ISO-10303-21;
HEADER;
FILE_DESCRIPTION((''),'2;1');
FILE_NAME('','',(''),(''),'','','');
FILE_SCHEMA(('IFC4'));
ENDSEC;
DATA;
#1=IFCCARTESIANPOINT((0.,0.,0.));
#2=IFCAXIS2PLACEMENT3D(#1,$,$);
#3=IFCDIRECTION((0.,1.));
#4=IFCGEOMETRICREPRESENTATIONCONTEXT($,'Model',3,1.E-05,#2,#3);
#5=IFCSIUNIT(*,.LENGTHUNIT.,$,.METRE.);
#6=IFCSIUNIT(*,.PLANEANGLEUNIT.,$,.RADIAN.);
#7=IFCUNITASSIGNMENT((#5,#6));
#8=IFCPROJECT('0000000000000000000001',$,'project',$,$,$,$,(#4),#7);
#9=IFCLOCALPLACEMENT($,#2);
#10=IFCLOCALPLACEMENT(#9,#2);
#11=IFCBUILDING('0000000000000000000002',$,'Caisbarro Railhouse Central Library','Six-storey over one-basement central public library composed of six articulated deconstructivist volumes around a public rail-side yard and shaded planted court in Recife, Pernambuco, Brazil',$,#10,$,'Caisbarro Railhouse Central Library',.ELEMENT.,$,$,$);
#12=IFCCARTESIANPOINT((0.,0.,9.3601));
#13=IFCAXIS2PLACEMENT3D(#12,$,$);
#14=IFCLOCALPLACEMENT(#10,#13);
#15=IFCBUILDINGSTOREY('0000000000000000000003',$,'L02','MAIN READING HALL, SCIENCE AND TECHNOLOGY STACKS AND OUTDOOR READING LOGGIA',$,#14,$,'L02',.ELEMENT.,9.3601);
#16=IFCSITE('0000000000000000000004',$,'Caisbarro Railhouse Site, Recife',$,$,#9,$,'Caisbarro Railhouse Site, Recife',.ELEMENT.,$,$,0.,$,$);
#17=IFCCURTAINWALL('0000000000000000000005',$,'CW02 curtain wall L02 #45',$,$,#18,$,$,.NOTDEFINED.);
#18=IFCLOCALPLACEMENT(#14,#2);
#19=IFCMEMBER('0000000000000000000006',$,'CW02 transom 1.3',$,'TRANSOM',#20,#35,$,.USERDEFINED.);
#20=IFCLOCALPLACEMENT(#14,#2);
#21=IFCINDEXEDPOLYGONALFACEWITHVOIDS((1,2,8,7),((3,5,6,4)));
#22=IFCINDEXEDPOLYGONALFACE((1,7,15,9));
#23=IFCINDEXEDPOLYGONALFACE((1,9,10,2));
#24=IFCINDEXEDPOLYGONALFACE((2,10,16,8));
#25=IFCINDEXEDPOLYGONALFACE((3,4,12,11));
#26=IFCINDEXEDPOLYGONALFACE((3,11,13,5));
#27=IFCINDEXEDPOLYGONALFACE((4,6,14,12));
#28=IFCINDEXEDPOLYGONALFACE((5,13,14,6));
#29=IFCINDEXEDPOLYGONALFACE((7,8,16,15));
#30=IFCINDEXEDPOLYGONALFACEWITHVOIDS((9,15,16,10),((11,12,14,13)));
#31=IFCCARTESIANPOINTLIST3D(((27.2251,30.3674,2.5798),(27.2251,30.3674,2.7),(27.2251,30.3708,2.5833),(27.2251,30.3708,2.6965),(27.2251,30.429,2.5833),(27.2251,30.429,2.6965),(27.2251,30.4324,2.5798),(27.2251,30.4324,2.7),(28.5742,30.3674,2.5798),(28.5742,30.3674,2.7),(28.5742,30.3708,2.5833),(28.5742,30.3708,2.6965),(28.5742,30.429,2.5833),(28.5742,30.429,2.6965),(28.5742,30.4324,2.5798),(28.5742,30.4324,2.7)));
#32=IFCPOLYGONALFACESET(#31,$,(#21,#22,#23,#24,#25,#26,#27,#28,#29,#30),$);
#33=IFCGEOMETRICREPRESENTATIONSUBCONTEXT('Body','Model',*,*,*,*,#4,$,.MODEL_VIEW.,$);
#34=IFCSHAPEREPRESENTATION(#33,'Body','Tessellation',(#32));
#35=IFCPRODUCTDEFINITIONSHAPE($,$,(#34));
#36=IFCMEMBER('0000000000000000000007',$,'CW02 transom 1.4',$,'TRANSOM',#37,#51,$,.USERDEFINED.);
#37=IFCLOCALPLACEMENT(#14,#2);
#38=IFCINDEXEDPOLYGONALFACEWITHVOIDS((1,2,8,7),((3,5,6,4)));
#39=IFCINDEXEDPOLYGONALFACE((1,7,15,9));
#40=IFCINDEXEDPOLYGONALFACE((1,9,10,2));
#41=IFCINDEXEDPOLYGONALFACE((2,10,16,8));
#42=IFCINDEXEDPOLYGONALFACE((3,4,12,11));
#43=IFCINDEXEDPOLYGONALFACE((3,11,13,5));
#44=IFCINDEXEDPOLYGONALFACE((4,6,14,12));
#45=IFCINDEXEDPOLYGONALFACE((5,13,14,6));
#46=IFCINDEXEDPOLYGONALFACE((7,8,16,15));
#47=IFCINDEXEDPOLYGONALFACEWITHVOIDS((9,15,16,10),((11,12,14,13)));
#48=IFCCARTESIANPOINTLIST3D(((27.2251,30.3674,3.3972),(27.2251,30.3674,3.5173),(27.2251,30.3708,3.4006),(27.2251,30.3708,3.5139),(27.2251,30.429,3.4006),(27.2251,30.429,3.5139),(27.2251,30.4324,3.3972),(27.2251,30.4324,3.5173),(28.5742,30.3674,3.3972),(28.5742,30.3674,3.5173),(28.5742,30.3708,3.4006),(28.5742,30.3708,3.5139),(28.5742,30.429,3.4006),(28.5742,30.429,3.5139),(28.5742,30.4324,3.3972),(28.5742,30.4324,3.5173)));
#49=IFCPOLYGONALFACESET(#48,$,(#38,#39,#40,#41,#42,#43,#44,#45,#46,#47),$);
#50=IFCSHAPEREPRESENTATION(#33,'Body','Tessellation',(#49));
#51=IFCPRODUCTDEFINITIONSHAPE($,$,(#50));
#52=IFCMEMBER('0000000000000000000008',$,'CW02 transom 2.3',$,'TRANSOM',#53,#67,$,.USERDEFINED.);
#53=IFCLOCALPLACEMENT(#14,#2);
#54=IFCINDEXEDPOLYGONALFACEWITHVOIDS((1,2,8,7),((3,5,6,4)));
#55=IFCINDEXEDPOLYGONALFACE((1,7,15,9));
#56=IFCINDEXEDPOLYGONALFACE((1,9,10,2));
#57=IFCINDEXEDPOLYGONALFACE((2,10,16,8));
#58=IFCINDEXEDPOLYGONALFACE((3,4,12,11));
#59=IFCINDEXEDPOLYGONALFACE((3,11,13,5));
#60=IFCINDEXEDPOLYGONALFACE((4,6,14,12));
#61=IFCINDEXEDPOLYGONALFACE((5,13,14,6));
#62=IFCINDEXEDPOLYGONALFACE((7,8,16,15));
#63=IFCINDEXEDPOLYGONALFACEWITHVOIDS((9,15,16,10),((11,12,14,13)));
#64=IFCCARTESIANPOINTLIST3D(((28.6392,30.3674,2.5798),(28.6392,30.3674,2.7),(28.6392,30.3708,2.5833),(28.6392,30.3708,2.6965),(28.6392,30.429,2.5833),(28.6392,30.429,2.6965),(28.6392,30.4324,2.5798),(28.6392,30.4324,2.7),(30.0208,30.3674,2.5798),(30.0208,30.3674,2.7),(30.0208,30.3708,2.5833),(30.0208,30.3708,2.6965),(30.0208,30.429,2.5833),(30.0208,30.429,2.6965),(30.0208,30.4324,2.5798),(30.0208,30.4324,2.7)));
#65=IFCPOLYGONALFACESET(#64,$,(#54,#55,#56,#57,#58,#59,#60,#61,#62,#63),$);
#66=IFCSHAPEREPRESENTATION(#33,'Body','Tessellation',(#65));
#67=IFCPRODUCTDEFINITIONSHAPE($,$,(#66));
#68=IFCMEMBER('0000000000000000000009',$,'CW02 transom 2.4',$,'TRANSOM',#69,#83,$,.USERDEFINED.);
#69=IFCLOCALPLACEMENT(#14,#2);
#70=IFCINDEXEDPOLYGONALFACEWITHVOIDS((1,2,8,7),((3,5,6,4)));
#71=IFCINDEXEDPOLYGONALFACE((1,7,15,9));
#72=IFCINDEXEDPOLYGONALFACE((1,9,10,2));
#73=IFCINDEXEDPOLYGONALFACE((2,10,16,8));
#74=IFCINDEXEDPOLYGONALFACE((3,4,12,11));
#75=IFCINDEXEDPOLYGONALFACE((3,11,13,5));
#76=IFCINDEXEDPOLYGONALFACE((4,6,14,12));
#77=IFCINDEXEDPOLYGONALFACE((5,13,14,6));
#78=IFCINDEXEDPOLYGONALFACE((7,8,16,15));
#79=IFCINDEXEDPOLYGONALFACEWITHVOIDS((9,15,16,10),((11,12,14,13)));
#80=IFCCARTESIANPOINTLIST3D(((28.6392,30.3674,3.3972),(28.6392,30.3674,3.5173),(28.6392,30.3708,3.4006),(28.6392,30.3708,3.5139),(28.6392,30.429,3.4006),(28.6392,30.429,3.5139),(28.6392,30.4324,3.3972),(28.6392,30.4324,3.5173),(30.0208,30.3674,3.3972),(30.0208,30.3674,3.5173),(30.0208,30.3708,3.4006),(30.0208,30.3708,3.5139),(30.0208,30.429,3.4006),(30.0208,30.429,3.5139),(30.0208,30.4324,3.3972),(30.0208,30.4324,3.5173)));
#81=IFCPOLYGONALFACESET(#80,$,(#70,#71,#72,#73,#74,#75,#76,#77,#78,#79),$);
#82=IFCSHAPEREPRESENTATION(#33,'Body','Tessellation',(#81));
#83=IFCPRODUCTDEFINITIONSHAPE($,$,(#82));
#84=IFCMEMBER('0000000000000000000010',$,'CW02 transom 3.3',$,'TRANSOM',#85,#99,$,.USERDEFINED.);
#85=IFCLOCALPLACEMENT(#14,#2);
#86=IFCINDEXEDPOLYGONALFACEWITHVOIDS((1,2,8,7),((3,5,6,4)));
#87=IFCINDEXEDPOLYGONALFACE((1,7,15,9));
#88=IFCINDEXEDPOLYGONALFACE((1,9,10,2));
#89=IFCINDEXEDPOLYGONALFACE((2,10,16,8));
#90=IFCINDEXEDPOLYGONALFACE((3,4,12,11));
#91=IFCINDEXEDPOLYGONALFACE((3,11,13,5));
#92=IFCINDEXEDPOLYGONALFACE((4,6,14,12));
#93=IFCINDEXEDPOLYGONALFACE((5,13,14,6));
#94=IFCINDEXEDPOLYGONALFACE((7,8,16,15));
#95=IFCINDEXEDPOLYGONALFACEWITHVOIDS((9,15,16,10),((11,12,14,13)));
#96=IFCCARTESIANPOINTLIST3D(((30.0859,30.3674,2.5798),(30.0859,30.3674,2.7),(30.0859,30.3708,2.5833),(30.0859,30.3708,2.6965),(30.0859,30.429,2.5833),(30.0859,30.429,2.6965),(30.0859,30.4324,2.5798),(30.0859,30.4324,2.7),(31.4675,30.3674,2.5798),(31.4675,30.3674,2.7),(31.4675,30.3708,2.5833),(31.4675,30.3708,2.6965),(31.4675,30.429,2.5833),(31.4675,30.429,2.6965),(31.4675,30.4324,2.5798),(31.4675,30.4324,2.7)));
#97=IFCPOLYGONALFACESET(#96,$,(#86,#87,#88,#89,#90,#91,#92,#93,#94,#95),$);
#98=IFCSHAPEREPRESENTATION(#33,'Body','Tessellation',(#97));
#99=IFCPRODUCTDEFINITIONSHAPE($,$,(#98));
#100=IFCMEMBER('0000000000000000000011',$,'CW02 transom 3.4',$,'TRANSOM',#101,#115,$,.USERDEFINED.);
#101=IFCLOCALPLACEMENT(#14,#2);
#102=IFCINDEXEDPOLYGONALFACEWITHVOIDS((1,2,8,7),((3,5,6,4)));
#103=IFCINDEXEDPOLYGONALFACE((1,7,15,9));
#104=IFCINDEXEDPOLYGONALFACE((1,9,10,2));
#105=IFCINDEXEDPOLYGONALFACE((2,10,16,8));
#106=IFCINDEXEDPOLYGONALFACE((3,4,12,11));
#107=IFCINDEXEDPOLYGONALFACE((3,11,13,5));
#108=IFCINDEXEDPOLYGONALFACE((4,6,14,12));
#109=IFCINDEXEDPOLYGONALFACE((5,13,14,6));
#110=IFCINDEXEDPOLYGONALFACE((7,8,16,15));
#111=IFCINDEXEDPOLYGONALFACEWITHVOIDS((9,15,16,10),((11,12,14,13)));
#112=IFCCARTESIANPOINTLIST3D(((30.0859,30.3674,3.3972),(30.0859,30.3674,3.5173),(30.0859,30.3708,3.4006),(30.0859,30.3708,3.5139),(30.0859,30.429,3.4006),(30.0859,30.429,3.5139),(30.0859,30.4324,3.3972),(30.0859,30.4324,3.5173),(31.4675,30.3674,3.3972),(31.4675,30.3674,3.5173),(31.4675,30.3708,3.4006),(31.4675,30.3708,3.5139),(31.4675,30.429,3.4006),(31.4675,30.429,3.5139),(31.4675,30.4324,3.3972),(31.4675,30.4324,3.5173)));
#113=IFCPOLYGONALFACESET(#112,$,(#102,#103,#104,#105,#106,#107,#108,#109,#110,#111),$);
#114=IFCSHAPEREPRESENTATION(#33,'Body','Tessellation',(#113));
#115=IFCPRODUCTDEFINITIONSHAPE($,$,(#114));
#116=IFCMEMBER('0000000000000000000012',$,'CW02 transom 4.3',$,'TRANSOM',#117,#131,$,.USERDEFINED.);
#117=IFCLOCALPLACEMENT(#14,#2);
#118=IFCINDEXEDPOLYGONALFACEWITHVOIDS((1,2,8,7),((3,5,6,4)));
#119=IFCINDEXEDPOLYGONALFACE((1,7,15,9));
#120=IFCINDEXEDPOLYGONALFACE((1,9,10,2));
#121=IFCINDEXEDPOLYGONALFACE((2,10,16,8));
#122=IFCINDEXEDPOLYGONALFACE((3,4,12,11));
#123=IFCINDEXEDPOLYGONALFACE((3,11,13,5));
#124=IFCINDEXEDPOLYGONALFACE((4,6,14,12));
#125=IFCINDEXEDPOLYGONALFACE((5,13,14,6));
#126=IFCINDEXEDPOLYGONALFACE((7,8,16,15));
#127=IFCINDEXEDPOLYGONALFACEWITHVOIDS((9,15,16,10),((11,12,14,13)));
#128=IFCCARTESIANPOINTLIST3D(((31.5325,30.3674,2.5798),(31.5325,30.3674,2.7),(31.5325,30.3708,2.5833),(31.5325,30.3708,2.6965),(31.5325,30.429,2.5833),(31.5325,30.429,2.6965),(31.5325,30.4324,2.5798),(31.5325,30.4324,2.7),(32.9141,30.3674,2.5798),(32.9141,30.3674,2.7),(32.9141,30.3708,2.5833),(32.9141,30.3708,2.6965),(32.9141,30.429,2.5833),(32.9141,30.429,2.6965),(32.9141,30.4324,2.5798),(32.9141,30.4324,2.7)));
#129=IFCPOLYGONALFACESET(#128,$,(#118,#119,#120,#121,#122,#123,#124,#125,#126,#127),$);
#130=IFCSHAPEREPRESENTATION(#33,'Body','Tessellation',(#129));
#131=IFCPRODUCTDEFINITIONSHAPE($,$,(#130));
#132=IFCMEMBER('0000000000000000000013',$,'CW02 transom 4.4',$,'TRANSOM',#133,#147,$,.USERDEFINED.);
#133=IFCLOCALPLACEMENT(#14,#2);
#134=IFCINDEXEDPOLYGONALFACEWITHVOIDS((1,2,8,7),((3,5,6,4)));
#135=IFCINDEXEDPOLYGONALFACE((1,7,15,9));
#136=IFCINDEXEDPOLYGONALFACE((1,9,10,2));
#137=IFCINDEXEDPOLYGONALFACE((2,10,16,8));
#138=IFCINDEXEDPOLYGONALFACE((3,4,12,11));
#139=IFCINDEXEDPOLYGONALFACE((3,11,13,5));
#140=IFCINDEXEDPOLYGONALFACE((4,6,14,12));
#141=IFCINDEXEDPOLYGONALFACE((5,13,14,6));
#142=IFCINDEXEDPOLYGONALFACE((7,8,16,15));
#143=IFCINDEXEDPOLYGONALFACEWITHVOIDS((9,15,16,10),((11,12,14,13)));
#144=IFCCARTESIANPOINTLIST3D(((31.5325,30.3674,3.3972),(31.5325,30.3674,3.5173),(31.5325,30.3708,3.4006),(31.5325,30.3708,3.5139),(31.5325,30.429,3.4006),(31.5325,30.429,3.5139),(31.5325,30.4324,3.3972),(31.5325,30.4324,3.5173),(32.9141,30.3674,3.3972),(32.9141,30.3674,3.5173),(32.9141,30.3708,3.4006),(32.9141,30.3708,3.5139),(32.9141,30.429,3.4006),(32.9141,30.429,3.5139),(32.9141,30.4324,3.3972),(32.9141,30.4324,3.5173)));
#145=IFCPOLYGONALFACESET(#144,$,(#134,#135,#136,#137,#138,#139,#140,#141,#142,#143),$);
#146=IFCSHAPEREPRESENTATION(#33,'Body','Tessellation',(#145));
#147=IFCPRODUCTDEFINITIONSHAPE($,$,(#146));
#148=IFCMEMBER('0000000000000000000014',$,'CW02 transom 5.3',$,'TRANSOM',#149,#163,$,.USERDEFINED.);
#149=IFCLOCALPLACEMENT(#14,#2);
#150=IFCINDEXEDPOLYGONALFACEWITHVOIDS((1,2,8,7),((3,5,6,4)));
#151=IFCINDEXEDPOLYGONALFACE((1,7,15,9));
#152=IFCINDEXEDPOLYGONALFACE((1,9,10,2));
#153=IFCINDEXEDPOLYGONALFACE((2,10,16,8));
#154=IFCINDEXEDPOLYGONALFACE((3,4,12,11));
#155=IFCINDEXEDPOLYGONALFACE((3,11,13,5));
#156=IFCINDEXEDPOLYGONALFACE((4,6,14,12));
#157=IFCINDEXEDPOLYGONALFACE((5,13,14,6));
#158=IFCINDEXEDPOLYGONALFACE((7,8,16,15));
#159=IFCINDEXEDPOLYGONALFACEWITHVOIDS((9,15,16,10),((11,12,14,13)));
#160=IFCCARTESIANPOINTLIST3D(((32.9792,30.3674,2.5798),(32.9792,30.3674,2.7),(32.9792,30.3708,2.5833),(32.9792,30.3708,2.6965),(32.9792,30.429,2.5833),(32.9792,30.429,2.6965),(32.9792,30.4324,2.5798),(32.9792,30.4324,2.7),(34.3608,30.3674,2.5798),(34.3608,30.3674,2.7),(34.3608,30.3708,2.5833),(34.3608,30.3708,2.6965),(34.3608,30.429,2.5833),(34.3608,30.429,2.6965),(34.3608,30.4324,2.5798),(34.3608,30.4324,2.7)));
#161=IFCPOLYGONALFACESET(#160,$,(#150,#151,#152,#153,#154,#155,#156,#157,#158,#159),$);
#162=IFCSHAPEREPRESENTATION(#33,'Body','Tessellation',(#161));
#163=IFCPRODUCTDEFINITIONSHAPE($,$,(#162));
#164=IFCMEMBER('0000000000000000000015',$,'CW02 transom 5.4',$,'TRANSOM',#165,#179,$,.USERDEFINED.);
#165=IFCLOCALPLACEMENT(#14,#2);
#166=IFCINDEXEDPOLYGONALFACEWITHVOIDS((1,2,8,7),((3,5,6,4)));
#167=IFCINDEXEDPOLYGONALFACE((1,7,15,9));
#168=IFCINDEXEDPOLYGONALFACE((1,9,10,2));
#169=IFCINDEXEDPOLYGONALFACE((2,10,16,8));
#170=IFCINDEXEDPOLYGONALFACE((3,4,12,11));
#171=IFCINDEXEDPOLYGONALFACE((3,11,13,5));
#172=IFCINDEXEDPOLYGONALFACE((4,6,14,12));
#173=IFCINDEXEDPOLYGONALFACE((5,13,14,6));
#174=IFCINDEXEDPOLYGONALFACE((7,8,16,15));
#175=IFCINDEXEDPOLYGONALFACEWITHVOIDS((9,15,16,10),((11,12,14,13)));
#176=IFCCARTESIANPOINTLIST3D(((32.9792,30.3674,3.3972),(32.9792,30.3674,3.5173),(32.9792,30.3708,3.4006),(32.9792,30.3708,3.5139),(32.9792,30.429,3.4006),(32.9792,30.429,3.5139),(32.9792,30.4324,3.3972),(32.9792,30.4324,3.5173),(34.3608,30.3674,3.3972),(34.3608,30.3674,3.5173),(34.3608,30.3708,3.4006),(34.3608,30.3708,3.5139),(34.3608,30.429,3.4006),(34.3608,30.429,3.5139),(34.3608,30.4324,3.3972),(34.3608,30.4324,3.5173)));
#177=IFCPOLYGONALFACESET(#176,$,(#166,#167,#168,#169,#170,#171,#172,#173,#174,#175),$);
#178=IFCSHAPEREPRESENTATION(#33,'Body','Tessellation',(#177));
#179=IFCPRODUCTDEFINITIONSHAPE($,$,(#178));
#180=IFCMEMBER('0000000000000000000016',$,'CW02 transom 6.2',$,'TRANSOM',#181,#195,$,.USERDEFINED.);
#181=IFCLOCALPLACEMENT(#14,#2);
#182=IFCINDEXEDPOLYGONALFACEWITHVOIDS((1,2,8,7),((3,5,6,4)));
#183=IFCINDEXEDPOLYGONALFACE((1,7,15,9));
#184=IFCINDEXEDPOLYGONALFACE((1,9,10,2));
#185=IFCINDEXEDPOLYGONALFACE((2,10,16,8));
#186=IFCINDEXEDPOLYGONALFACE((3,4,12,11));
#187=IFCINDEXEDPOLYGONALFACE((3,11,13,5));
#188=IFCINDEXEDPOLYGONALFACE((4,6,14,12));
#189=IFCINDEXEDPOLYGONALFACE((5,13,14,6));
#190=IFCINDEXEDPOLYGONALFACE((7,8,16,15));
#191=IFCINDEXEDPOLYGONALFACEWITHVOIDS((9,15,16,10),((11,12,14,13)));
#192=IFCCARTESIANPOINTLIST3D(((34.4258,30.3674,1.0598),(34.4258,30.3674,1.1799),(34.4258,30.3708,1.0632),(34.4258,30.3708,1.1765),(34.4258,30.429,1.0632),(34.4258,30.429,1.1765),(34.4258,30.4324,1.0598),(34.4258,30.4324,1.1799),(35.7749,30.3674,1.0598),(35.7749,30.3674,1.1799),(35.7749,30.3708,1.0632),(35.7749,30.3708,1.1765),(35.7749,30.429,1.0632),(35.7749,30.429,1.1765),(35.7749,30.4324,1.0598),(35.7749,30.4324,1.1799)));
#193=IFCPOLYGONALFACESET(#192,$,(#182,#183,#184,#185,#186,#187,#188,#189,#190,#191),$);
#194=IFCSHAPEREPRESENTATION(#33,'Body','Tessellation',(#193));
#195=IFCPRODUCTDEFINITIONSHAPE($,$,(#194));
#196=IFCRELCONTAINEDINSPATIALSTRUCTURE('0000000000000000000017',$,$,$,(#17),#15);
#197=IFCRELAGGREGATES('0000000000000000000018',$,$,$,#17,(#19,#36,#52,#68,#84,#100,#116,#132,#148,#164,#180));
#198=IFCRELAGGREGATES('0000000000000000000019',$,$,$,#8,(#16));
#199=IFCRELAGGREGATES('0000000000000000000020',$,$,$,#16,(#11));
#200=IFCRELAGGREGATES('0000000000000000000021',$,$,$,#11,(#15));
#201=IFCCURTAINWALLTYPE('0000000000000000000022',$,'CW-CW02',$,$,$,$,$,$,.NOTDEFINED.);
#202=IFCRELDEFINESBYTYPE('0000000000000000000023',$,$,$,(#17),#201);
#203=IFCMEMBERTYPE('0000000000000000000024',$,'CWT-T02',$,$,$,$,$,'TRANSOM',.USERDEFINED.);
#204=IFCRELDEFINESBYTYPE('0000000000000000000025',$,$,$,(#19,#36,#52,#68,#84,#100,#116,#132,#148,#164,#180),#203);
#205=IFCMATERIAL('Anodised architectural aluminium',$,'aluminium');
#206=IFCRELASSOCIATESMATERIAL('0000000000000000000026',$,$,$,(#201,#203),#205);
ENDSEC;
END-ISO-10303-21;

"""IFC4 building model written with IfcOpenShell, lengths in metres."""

from ifc_helpers import new_model, si_unit, direction, frame, origin, origin_2d, place, context, subcontext, project, spatial, hollow_rectangle, extrude, material, material_profile, profile_set, type_object, element, aggregate, save


model = new_model("IFC4")

# Units and contexts
model_context = context("Model", 3, precision=1e-05, world=origin(), true_north=direction((0.0, 1.0)))
body_context = subcontext(model_context, "Body", "Model", "MODEL_VIEW")
ifc_project = project(units=[si_unit("LENGTHUNIT", "METRE"), si_unit("PLANEANGLEUNIT", "RADIAN")], contexts=[model_context])

# Site, building, storey
site_placement = place(None, origin())
site = spatial("IfcSite", under=ifc_project, at=site_placement, Name="Caisbarro Railhouse Site, Recife", LongName="Caisbarro Railhouse Site, Recife", CompositionType="ELEMENT", RefElevation=0.0)
building_placement = place(site_placement, origin())
building = spatial("IfcBuilding", under=site, at=building_placement, Name="Caisbarro Railhouse Central Library", Description="Six-storey over one-basement central public library composed of six articulated deconstructivist volumes around a public rail-side yard and shaded planted court in Recife, Pernambuco, Brazil", LongName="Caisbarro Railhouse Central Library", CompositionType="ELEMENT")
storey_placement = place(building_placement, frame((0.0, 0.0, 9.3601)))
storey = spatial("IfcBuildingStorey", under=building, at=storey_placement, Name="L02", Description="MAIN READING HALL, SCIENCE AND TECHNOLOGY STACKS AND OUTDOOR READING LOGGIA", LongName="L02", CompositionType="ELEMENT", Elevation=9.3601)

# Curtain wall, members
ifc_material_1 = material(Name="Anodised architectural aluminium", Category="aluminium")
curtain_wall_type = type_object("IfcCurtainWallType", Name="CW-CW02", PredefinedType="NOTDEFINED", material=ifc_material_1)
curtain_wall_1_placement = place(storey_placement, origin())
curtain_wall_1 = element("IfcCurtainWall", 1, at=curtain_wall_1_placement, inside=storey, type_object=curtain_wall_type, Name="CW02 curtain wall L02 #45", PredefinedType="NOTDEFINED")
ifc_material_profile = material_profile(ifc_material_1, hollow_rectangle(XDim=0.0649, YDim=0.1201, WallThickness=0.0034, at=origin_2d()), Name="ALU-TRN-65X120")
ifc_profile_set = profile_set([ifc_material_profile], Name="Anodised architectural aluminium")
member_type = type_object("IfcMemberType", Name="CWT-T02", ElementType="TRANSOM", PredefinedType="USERDEFINED", material=ifc_profile_set)
member_1_placement = place(storey_placement, frame((27.2251, 30.3999, 2.6399), z_axis=(1.0, 0.0, 0.0), x_axis=(0.0, 1.0, 0.0)))
member_1 = element("IfcMember", 2, at=member_1_placement, type_object=member_type, Name="CW02 transom 1.3", ObjectType="TRANSOM", PredefinedType="USERDEFINED", context=body_context, shape_type="SweptSolid", body=[
    extrude(hollow_rectangle(XDim=0.0649, YDim=0.1201, WallThickness=0.0034, at=origin_2d()), origin(), (0.0, 0.0, 1.0), 1.3491),
])
member_2_placement = place(storey_placement, frame((27.2251, 30.3999, 3.4573), z_axis=(1.0, 0.0, 0.0), x_axis=(0.0, 1.0, 0.0)))
member_2 = element("IfcMember", 3, at=member_2_placement, type_object=member_type, Name="CW02 transom 1.4", ObjectType="TRANSOM", PredefinedType="USERDEFINED", context=body_context, shape_type="SweptSolid", body=[
    extrude(hollow_rectangle(XDim=0.0649, YDim=0.1201, WallThickness=0.0034, at=origin_2d()), origin(), (0.0, 0.0, 1.0), 1.3491),
])
member_3_placement = place(storey_placement, frame((28.6392, 30.3999, 2.6399), z_axis=(1.0, 0.0, 0.0), x_axis=(0.0, 1.0, 0.0)))
member_3 = element("IfcMember", 4, at=member_3_placement, type_object=member_type, Name="CW02 transom 2.3", ObjectType="TRANSOM", PredefinedType="USERDEFINED", context=body_context, shape_type="SweptSolid", body=[
    extrude(hollow_rectangle(XDim=0.0649, YDim=0.1201, WallThickness=0.0034, at=origin_2d()), origin(), (0.0, 0.0, 1.0), 1.3816),
])
member_4_placement = place(storey_placement, frame((28.6392, 30.3999, 3.4573), z_axis=(1.0, 0.0, 0.0), x_axis=(0.0, 1.0, 0.0)))
member_4 = element("IfcMember", 5, at=member_4_placement, type_object=member_type, Name="CW02 transom 2.4", ObjectType="TRANSOM", PredefinedType="USERDEFINED", context=body_context, shape_type="SweptSolid", body=[
    extrude(hollow_rectangle(XDim=0.0649, YDim=0.1201, WallThickness=0.0034, at=origin_2d()), origin(), (0.0, 0.0, 1.0), 1.3816),
])
member_5_placement = place(storey_placement, frame((30.0859, 30.3999, 2.6399), z_axis=(1.0, 0.0, 0.0), x_axis=(0.0, 1.0, 0.0)))
member_5 = element("IfcMember", 6, at=member_5_placement, type_object=member_type, Name="CW02 transom 3.3", ObjectType="TRANSOM", PredefinedType="USERDEFINED", context=body_context, shape_type="SweptSolid", body=[
    extrude(hollow_rectangle(XDim=0.0649, YDim=0.1201, WallThickness=0.0034, at=origin_2d()), origin(), (0.0, 0.0, 1.0), 1.3816),
])
member_6_placement = place(storey_placement, frame((30.0859, 30.3999, 3.4573), z_axis=(1.0, 0.0, 0.0), x_axis=(0.0, 1.0, 0.0)))
member_6 = element("IfcMember", 7, at=member_6_placement, type_object=member_type, Name="CW02 transom 3.4", ObjectType="TRANSOM", PredefinedType="USERDEFINED", context=body_context, shape_type="SweptSolid", body=[
    extrude(hollow_rectangle(XDim=0.0649, YDim=0.1201, WallThickness=0.0034, at=origin_2d()), origin(), (0.0, 0.0, 1.0), 1.3816),
])
member_7_placement = place(storey_placement, frame((31.5325, 30.3999, 2.6399), z_axis=(1.0, 0.0, 0.0), x_axis=(0.0, 1.0, 0.0)))
member_7 = element("IfcMember", 8, at=member_7_placement, type_object=member_type, Name="CW02 transom 4.3", ObjectType="TRANSOM", PredefinedType="USERDEFINED", context=body_context, shape_type="SweptSolid", body=[
    extrude(hollow_rectangle(XDim=0.0649, YDim=0.1201, WallThickness=0.0034, at=origin_2d()), origin(), (0.0, 0.0, 1.0), 1.3816),
])
member_8_placement = place(storey_placement, frame((31.5325, 30.3999, 3.4573), z_axis=(1.0, 0.0, 0.0), x_axis=(0.0, 1.0, 0.0)))
member_8 = element("IfcMember", 9, at=member_8_placement, type_object=member_type, Name="CW02 transom 4.4", ObjectType="TRANSOM", PredefinedType="USERDEFINED", context=body_context, shape_type="SweptSolid", body=[
    extrude(hollow_rectangle(XDim=0.0649, YDim=0.1201, WallThickness=0.0034, at=origin_2d()), origin(), (0.0, 0.0, 1.0), 1.3816),
])
member_9_placement = place(storey_placement, frame((32.9792, 30.3999, 2.6399), z_axis=(1.0, 0.0, 0.0), x_axis=(0.0, 1.0, 0.0)))
member_9 = element("IfcMember", 10, at=member_9_placement, type_object=member_type, Name="CW02 transom 5.3", ObjectType="TRANSOM", PredefinedType="USERDEFINED", context=body_context, shape_type="SweptSolid", body=[
    extrude(hollow_rectangle(XDim=0.0649, YDim=0.1201, WallThickness=0.0034, at=origin_2d()), origin(), (0.0, 0.0, 1.0), 1.3816),
])
member_10_placement = place(storey_placement, frame((32.9792, 30.3999, 3.4573), z_axis=(1.0, 0.0, 0.0), x_axis=(0.0, 1.0, 0.0)))
member_10 = element("IfcMember", 11, at=member_10_placement, type_object=member_type, Name="CW02 transom 5.4", ObjectType="TRANSOM", PredefinedType="USERDEFINED", context=body_context, shape_type="SweptSolid", body=[
    extrude(hollow_rectangle(XDim=0.0649, YDim=0.1201, WallThickness=0.0034, at=origin_2d()), origin(), (0.0, 0.0, 1.0), 1.3816),
])
member_11_placement = place(storey_placement, frame((34.4258, 30.3999, 1.1199), z_axis=(1.0, 0.0, 0.0), x_axis=(0.0, 1.0, 0.0)))
member_11 = element("IfcMember", 12, at=member_11_placement, type_object=member_type, Name="CW02 transom 6.2", ObjectType="TRANSOM", PredefinedType="USERDEFINED", context=body_context, shape_type="SweptSolid", body=[
    extrude(hollow_rectangle(XDim=0.0649, YDim=0.1201, WallThickness=0.0034, at=origin_2d()), origin(), (0.0, 0.0, 1.0), 1.3491),
])

aggregate(curtain_wall_1, [member_1, member_2, member_3, member_4, member_5, member_6, member_7, member_8, member_9, member_10, member_11])

save(model, "model.ifc")
